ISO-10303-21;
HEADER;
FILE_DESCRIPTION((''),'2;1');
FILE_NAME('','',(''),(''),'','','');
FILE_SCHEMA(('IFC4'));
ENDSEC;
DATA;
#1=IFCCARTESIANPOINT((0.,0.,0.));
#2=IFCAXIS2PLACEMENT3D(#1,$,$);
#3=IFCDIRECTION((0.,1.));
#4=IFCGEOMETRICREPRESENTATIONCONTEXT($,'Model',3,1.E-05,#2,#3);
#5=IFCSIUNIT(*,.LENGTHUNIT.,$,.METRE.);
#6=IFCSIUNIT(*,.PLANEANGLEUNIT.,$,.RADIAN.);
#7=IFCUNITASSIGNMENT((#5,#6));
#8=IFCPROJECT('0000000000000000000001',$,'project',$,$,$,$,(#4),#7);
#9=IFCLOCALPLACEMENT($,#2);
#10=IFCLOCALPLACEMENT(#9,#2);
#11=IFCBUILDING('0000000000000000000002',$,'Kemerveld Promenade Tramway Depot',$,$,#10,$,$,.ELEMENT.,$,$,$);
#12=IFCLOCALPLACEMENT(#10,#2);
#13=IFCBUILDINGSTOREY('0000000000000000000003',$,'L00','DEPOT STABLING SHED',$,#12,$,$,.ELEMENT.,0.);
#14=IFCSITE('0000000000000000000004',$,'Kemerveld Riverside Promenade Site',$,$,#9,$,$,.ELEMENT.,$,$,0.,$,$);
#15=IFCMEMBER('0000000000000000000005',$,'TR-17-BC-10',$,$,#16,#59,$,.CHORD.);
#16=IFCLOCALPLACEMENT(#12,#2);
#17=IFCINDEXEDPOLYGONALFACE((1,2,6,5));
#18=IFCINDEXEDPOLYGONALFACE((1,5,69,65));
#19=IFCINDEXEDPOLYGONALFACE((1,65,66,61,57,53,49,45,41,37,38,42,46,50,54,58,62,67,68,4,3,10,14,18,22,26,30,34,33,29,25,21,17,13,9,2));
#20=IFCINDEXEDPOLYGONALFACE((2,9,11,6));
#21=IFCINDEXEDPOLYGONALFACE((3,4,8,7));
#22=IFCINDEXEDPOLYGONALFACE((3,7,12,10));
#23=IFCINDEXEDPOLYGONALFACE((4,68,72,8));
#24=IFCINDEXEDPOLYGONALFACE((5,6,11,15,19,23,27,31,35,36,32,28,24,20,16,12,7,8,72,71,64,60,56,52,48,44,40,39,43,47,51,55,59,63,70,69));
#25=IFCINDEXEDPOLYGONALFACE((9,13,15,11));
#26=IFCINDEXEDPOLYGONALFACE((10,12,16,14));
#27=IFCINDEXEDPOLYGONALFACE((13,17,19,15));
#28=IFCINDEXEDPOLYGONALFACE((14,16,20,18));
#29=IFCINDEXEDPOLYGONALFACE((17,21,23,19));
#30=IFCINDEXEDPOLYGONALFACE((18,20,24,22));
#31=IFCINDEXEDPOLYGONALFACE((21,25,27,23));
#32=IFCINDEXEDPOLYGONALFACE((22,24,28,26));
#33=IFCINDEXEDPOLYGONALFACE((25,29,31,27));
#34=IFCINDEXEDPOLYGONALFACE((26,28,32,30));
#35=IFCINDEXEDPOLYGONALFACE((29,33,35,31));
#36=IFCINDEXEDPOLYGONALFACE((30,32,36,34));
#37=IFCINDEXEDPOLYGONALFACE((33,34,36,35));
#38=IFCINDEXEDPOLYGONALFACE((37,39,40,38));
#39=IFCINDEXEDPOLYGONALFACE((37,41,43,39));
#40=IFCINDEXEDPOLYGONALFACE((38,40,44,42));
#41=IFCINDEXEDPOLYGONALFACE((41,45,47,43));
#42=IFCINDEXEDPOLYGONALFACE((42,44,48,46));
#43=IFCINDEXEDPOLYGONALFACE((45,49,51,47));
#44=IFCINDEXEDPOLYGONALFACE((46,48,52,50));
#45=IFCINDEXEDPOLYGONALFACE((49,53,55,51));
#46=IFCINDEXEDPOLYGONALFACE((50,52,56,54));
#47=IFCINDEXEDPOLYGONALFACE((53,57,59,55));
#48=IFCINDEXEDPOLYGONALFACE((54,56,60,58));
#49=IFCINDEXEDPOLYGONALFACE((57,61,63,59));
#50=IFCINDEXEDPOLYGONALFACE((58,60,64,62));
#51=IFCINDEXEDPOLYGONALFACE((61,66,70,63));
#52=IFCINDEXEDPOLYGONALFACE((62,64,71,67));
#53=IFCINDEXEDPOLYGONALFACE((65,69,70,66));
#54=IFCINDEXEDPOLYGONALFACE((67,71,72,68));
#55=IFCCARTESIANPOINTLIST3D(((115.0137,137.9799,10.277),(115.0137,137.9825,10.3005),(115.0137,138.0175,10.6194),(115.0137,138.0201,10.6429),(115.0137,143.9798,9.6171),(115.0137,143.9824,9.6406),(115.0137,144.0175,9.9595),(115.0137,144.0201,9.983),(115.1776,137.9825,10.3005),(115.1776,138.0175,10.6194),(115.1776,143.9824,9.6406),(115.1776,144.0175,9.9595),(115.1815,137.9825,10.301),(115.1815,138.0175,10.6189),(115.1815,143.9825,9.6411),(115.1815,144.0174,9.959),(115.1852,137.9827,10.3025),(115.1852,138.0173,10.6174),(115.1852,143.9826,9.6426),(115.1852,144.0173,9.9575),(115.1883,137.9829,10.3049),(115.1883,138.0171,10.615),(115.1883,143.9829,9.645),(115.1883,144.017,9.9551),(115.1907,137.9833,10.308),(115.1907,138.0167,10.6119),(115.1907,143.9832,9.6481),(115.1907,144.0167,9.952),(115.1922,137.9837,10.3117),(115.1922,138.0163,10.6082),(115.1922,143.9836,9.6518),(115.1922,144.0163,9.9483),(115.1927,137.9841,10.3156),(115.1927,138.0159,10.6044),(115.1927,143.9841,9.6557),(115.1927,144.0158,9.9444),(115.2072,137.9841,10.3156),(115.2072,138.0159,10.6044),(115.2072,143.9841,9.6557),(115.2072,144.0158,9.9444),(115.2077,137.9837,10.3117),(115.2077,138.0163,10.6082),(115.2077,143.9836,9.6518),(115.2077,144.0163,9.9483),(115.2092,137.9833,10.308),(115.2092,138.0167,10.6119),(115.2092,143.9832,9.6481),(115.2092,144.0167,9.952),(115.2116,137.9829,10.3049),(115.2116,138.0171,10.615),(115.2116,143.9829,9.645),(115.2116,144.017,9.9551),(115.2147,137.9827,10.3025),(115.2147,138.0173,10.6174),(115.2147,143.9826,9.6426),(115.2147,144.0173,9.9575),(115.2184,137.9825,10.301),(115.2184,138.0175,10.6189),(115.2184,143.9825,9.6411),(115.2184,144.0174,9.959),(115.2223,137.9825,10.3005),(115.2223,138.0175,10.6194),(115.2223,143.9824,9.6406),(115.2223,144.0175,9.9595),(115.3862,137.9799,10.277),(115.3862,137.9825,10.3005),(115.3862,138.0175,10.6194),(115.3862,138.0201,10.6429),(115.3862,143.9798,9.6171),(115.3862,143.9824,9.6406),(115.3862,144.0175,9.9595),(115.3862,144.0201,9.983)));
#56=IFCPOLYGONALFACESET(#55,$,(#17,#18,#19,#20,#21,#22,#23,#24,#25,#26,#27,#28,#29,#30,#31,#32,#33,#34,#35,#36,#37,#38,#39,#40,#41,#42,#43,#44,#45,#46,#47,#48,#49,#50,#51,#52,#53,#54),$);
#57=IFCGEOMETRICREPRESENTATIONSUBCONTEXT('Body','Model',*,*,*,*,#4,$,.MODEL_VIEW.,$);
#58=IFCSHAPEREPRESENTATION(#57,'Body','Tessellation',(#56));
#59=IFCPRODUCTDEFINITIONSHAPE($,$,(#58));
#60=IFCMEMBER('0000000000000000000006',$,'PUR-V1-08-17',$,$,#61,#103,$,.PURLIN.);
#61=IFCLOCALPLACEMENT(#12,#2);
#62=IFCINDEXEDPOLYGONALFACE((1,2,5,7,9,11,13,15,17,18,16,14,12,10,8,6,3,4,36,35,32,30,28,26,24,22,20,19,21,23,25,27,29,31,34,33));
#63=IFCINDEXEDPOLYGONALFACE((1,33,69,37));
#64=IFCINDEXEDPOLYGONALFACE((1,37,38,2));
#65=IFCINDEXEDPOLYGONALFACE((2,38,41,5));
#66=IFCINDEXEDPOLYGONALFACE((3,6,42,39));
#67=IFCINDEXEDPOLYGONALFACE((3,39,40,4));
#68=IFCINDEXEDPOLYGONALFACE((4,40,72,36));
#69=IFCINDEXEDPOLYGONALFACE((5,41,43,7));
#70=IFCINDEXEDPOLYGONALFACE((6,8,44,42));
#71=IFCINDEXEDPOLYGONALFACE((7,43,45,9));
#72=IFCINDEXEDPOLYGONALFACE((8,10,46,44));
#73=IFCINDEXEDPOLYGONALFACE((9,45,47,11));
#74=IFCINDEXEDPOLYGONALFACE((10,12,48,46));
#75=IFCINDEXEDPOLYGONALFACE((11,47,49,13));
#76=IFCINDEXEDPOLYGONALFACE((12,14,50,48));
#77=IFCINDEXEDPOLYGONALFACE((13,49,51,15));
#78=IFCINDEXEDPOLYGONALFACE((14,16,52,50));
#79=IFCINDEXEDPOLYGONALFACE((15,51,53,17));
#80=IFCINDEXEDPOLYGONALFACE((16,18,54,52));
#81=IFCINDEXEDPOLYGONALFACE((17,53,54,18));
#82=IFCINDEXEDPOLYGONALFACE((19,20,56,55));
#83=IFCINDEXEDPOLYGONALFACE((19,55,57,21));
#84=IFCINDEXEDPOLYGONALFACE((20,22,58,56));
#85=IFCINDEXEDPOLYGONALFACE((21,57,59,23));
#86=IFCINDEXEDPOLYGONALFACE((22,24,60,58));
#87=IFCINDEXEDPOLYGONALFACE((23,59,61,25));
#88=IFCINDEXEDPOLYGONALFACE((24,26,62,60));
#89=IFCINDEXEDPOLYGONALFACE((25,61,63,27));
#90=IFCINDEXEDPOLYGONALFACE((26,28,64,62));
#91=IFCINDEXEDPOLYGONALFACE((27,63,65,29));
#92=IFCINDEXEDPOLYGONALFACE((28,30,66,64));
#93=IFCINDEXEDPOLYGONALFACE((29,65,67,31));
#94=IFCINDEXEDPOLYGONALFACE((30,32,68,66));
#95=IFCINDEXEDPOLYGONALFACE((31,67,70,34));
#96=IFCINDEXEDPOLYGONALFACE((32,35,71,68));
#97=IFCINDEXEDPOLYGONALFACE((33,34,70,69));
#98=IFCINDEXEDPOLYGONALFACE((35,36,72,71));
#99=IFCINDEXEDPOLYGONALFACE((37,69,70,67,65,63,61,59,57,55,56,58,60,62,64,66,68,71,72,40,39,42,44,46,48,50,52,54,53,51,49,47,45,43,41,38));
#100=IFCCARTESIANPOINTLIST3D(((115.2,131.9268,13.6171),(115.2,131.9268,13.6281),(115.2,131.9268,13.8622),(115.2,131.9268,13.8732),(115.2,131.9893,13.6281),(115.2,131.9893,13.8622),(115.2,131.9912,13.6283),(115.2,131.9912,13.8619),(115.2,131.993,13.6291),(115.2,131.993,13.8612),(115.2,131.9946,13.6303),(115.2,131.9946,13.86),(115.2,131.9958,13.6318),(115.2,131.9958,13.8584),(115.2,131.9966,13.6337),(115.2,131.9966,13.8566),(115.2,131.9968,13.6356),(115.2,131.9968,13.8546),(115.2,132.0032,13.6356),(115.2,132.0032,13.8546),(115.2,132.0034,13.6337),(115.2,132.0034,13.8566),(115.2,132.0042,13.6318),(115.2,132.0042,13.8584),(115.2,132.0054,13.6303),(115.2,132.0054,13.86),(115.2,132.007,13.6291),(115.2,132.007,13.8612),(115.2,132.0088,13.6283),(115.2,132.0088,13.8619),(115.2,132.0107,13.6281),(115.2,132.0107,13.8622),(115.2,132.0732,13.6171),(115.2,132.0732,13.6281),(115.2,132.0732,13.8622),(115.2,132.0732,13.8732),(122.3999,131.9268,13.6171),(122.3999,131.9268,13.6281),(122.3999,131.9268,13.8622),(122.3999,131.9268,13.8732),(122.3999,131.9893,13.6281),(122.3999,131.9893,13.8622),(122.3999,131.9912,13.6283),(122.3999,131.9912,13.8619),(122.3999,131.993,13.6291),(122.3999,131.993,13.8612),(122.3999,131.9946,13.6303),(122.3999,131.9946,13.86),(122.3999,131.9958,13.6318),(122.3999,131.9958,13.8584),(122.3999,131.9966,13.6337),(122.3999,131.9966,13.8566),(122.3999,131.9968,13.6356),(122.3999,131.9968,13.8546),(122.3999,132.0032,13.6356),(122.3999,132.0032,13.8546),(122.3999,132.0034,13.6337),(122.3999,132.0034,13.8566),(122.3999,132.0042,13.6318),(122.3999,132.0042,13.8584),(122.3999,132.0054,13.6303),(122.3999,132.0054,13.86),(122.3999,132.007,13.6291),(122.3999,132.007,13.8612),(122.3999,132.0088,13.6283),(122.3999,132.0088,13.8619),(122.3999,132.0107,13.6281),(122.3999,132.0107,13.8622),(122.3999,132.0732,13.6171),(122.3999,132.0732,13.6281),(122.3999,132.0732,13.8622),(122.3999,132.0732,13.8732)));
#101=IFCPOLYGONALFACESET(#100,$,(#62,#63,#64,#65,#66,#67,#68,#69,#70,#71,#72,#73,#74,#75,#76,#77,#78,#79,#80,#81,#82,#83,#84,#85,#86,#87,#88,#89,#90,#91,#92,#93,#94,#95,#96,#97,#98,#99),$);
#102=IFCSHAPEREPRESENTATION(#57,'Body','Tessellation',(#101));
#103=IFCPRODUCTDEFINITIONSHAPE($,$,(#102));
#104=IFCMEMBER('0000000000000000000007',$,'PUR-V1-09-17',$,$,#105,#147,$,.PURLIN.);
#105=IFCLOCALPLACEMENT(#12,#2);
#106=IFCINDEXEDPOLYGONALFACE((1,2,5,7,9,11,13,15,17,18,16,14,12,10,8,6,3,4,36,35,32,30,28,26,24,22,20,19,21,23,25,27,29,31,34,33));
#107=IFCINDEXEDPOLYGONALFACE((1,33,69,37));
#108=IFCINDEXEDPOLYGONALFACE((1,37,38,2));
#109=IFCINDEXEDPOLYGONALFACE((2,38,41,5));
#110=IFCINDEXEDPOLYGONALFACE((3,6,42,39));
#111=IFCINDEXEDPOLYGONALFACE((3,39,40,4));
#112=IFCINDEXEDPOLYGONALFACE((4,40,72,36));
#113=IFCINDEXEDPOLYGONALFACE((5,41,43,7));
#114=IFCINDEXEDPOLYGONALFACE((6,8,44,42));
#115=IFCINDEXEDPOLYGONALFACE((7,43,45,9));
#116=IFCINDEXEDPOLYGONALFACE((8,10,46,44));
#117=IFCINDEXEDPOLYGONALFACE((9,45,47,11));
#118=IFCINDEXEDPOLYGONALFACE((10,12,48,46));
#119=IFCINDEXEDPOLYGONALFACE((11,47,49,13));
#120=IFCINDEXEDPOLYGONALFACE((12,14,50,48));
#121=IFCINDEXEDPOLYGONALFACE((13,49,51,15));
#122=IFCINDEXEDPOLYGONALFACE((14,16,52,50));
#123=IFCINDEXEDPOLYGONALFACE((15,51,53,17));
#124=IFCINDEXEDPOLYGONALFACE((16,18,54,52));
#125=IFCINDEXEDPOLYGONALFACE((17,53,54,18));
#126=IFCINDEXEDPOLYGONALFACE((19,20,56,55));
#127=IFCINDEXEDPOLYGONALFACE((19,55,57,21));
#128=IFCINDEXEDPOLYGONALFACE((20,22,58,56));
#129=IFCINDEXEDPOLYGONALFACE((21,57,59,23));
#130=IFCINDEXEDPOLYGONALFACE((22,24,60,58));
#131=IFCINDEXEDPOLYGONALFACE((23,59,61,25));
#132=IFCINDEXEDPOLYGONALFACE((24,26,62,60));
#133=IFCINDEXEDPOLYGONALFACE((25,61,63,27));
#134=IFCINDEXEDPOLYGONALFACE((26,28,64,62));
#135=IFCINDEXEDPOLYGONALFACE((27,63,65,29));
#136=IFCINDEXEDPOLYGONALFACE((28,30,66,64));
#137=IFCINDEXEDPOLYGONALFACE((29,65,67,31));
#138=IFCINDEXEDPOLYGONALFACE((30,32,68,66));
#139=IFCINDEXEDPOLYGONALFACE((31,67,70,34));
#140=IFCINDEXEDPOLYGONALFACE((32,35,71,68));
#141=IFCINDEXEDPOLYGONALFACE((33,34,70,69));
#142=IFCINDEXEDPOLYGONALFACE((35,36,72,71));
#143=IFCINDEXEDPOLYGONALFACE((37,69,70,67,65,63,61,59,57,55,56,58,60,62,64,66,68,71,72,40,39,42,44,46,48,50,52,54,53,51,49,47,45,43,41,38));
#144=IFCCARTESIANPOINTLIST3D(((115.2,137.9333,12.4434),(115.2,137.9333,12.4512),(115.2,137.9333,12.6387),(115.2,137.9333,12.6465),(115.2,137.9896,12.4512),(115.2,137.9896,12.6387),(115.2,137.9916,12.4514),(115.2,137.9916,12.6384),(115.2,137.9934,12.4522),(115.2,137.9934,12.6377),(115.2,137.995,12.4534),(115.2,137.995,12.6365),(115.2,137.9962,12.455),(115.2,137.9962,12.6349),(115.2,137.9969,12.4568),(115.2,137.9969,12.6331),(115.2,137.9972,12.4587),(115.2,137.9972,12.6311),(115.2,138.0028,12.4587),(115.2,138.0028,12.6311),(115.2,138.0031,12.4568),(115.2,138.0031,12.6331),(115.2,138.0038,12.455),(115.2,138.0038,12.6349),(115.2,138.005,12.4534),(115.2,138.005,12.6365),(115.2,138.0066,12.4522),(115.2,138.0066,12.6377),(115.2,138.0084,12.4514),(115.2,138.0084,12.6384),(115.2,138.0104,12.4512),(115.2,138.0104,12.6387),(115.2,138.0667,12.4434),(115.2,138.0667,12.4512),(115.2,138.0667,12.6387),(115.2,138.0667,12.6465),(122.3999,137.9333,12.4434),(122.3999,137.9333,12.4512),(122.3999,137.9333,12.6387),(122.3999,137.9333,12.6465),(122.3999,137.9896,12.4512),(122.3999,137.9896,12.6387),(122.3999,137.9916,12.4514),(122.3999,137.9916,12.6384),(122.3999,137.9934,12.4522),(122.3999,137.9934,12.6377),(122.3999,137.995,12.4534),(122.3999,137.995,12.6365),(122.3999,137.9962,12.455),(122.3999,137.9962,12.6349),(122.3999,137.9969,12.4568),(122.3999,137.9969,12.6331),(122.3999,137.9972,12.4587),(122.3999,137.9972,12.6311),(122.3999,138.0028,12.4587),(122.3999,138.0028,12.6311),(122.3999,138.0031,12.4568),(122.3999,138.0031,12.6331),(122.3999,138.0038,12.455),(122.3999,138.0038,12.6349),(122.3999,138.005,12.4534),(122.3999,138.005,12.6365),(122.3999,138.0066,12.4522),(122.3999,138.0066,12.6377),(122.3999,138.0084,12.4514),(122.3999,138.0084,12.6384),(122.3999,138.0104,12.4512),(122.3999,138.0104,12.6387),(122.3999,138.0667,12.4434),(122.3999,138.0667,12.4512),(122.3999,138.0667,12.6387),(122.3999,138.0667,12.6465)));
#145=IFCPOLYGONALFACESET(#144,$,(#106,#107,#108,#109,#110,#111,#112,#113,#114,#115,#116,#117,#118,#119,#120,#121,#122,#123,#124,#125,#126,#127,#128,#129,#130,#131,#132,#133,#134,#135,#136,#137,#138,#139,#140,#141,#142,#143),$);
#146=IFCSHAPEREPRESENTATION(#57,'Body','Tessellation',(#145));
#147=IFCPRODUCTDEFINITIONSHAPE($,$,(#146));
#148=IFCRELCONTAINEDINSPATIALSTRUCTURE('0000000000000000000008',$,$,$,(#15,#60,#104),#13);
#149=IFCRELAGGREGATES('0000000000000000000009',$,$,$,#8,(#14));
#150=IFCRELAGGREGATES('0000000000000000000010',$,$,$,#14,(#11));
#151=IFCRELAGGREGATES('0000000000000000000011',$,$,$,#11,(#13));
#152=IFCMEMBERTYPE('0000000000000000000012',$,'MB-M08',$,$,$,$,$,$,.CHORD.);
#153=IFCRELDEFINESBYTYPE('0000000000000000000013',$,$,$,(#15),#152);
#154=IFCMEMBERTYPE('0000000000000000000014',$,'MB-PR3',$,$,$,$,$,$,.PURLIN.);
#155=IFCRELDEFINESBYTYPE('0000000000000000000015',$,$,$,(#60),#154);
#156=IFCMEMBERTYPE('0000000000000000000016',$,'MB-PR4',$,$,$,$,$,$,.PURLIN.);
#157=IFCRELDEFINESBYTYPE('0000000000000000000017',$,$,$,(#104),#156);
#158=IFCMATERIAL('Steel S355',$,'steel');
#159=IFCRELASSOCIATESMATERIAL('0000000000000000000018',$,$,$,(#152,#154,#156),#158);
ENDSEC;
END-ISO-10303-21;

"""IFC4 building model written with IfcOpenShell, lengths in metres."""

from ifc_helpers import new_model, si_unit, direction, frame, origin, origin_2d, place, context, subcontext, project, spatial, i_section, extrude, material, material_profile, profile_set, type_object, element, save


model = new_model("IFC4")

# Units and contexts
model_context = context("Model", 3, precision=1e-05, world=origin(), true_north=direction((0.0, 1.0)))
body_context = subcontext(model_context, "Body", "Model", "MODEL_VIEW")
ifc_project = project(units=[si_unit("LENGTHUNIT", "METRE"), si_unit("PLANEANGLEUNIT", "RADIAN")], contexts=[model_context])

# Site, building, storey
site_placement = place(None, origin())
site = spatial("IfcSite", under=ifc_project, at=site_placement, Name="Kemerveld Riverside Promenade Site", CompositionType="ELEMENT", RefElevation=0.0)
building_placement = place(site_placement, origin())
building = spatial("IfcBuilding", under=site, at=building_placement, Name="Kemerveld Promenade Tramway Depot", CompositionType="ELEMENT")
storey_placement = place(building_placement, origin())
storey = spatial("IfcBuildingStorey", under=building, at=storey_placement, Name="L00", Description="DEPOT STABLING SHED", CompositionType="ELEMENT", Elevation=0.0)

# Shared definitions
ifc_material_1 = material(Name="Steel S355", Category="steel")

# Members
ifc_material_profile_1 = material_profile(ifc_material_1, i_section(OverallWidth=0.3726, OverallDepth=0.3682, WebThickness=0.0144, FlangeThickness=0.0237, FilletRadius=0.0151, at=origin_2d()), Name="356x368x177 UC")
ifc_profile_set_1 = profile_set([ifc_material_profile_1], Name="Steel S355")
member_type_1 = type_object("IfcMemberType", Name="MB-M08", PredefinedType="CHORD", material=ifc_profile_set_1)
for number, where, z_axis, x_axis, name in (
    (1, (115.2, 138.0, 10.46), (0.0, 0.994006, -0.109326), (-1.0, 0.0, 0.0), "TR-17-BC-10"),
):
    element("IfcMember", number, at=place(storey_placement, frame(where, z_axis=z_axis, x_axis=x_axis)), inside=storey, type_object=member_type_1, Name=name, PredefinedType="CHORD", context=body_context, shape_type="SweptSolid", body=[
        extrude(i_section(OverallWidth=0.3726, OverallDepth=0.3682, WebThickness=0.0144, FlangeThickness=0.0237, FilletRadius=0.0151, at=origin_2d()), origin(), (0.0, 0.0, 1.0), 6.0361),
    ])
ifc_material_profile_2 = material_profile(ifc_material_1, i_section(OverallWidth=0.1465, OverallDepth=0.2561, WebThickness=0.0063, FlangeThickness=0.011, FilletRadius=0.0076, at=origin_2d()), Name="254x146x37 UB")
ifc_profile_set_2 = profile_set([ifc_material_profile_2], Name="Steel S355")
member_type_2 = type_object("IfcMemberType", Name="MB-PR3", PredefinedType="PURLIN", material=ifc_profile_set_2)
member_1_placement = place(storey_placement, frame((115.2, 132.0, 13.7451), z_axis=(1.0, 0.0, 0.0), x_axis=(0.0, 1.0, 0.0)))
element("IfcMember", 2, at=member_1_placement, inside=storey, type_object=member_type_2, Name="PUR-V1-08-17", PredefinedType="PURLIN", context=body_context, shape_type="SweptSolid", body=[
    extrude(i_section(OverallWidth=0.1465, OverallDepth=0.2561, WebThickness=0.0063, FlangeThickness=0.011, FilletRadius=0.0076, at=origin_2d()), origin(), (0.0, 0.0, 1.0), 7.2),
])
ifc_material_profile_3 = material_profile(ifc_material_1, i_section(OverallWidth=0.1333, OverallDepth=0.2031, WebThickness=0.0056, FlangeThickness=0.0078, FilletRadius=0.0076, at=origin_2d()), Name="203x133x25 UB")
ifc_profile_set_3 = profile_set([ifc_material_profile_3], Name="Steel S355")
member_type_3 = type_object("IfcMemberType", Name="MB-PR4", PredefinedType="PURLIN", material=ifc_profile_set_3)
member_2_placement = place(storey_placement, frame((115.2, 138.0, 12.5449), z_axis=(1.0, 0.0, 0.0), x_axis=(0.0, 1.0, 0.0)))
element("IfcMember", 3, at=member_2_placement, inside=storey, type_object=member_type_3, Name="PUR-V1-09-17", PredefinedType="PURLIN", context=body_context, shape_type="SweptSolid", body=[
    extrude(i_section(OverallWidth=0.1333, OverallDepth=0.2031, WebThickness=0.0056, FlangeThickness=0.0078, FilletRadius=0.0076, at=origin_2d()), origin(), (0.0, 0.0, 1.0), 7.2),
])

save(model, "model.ifc")
